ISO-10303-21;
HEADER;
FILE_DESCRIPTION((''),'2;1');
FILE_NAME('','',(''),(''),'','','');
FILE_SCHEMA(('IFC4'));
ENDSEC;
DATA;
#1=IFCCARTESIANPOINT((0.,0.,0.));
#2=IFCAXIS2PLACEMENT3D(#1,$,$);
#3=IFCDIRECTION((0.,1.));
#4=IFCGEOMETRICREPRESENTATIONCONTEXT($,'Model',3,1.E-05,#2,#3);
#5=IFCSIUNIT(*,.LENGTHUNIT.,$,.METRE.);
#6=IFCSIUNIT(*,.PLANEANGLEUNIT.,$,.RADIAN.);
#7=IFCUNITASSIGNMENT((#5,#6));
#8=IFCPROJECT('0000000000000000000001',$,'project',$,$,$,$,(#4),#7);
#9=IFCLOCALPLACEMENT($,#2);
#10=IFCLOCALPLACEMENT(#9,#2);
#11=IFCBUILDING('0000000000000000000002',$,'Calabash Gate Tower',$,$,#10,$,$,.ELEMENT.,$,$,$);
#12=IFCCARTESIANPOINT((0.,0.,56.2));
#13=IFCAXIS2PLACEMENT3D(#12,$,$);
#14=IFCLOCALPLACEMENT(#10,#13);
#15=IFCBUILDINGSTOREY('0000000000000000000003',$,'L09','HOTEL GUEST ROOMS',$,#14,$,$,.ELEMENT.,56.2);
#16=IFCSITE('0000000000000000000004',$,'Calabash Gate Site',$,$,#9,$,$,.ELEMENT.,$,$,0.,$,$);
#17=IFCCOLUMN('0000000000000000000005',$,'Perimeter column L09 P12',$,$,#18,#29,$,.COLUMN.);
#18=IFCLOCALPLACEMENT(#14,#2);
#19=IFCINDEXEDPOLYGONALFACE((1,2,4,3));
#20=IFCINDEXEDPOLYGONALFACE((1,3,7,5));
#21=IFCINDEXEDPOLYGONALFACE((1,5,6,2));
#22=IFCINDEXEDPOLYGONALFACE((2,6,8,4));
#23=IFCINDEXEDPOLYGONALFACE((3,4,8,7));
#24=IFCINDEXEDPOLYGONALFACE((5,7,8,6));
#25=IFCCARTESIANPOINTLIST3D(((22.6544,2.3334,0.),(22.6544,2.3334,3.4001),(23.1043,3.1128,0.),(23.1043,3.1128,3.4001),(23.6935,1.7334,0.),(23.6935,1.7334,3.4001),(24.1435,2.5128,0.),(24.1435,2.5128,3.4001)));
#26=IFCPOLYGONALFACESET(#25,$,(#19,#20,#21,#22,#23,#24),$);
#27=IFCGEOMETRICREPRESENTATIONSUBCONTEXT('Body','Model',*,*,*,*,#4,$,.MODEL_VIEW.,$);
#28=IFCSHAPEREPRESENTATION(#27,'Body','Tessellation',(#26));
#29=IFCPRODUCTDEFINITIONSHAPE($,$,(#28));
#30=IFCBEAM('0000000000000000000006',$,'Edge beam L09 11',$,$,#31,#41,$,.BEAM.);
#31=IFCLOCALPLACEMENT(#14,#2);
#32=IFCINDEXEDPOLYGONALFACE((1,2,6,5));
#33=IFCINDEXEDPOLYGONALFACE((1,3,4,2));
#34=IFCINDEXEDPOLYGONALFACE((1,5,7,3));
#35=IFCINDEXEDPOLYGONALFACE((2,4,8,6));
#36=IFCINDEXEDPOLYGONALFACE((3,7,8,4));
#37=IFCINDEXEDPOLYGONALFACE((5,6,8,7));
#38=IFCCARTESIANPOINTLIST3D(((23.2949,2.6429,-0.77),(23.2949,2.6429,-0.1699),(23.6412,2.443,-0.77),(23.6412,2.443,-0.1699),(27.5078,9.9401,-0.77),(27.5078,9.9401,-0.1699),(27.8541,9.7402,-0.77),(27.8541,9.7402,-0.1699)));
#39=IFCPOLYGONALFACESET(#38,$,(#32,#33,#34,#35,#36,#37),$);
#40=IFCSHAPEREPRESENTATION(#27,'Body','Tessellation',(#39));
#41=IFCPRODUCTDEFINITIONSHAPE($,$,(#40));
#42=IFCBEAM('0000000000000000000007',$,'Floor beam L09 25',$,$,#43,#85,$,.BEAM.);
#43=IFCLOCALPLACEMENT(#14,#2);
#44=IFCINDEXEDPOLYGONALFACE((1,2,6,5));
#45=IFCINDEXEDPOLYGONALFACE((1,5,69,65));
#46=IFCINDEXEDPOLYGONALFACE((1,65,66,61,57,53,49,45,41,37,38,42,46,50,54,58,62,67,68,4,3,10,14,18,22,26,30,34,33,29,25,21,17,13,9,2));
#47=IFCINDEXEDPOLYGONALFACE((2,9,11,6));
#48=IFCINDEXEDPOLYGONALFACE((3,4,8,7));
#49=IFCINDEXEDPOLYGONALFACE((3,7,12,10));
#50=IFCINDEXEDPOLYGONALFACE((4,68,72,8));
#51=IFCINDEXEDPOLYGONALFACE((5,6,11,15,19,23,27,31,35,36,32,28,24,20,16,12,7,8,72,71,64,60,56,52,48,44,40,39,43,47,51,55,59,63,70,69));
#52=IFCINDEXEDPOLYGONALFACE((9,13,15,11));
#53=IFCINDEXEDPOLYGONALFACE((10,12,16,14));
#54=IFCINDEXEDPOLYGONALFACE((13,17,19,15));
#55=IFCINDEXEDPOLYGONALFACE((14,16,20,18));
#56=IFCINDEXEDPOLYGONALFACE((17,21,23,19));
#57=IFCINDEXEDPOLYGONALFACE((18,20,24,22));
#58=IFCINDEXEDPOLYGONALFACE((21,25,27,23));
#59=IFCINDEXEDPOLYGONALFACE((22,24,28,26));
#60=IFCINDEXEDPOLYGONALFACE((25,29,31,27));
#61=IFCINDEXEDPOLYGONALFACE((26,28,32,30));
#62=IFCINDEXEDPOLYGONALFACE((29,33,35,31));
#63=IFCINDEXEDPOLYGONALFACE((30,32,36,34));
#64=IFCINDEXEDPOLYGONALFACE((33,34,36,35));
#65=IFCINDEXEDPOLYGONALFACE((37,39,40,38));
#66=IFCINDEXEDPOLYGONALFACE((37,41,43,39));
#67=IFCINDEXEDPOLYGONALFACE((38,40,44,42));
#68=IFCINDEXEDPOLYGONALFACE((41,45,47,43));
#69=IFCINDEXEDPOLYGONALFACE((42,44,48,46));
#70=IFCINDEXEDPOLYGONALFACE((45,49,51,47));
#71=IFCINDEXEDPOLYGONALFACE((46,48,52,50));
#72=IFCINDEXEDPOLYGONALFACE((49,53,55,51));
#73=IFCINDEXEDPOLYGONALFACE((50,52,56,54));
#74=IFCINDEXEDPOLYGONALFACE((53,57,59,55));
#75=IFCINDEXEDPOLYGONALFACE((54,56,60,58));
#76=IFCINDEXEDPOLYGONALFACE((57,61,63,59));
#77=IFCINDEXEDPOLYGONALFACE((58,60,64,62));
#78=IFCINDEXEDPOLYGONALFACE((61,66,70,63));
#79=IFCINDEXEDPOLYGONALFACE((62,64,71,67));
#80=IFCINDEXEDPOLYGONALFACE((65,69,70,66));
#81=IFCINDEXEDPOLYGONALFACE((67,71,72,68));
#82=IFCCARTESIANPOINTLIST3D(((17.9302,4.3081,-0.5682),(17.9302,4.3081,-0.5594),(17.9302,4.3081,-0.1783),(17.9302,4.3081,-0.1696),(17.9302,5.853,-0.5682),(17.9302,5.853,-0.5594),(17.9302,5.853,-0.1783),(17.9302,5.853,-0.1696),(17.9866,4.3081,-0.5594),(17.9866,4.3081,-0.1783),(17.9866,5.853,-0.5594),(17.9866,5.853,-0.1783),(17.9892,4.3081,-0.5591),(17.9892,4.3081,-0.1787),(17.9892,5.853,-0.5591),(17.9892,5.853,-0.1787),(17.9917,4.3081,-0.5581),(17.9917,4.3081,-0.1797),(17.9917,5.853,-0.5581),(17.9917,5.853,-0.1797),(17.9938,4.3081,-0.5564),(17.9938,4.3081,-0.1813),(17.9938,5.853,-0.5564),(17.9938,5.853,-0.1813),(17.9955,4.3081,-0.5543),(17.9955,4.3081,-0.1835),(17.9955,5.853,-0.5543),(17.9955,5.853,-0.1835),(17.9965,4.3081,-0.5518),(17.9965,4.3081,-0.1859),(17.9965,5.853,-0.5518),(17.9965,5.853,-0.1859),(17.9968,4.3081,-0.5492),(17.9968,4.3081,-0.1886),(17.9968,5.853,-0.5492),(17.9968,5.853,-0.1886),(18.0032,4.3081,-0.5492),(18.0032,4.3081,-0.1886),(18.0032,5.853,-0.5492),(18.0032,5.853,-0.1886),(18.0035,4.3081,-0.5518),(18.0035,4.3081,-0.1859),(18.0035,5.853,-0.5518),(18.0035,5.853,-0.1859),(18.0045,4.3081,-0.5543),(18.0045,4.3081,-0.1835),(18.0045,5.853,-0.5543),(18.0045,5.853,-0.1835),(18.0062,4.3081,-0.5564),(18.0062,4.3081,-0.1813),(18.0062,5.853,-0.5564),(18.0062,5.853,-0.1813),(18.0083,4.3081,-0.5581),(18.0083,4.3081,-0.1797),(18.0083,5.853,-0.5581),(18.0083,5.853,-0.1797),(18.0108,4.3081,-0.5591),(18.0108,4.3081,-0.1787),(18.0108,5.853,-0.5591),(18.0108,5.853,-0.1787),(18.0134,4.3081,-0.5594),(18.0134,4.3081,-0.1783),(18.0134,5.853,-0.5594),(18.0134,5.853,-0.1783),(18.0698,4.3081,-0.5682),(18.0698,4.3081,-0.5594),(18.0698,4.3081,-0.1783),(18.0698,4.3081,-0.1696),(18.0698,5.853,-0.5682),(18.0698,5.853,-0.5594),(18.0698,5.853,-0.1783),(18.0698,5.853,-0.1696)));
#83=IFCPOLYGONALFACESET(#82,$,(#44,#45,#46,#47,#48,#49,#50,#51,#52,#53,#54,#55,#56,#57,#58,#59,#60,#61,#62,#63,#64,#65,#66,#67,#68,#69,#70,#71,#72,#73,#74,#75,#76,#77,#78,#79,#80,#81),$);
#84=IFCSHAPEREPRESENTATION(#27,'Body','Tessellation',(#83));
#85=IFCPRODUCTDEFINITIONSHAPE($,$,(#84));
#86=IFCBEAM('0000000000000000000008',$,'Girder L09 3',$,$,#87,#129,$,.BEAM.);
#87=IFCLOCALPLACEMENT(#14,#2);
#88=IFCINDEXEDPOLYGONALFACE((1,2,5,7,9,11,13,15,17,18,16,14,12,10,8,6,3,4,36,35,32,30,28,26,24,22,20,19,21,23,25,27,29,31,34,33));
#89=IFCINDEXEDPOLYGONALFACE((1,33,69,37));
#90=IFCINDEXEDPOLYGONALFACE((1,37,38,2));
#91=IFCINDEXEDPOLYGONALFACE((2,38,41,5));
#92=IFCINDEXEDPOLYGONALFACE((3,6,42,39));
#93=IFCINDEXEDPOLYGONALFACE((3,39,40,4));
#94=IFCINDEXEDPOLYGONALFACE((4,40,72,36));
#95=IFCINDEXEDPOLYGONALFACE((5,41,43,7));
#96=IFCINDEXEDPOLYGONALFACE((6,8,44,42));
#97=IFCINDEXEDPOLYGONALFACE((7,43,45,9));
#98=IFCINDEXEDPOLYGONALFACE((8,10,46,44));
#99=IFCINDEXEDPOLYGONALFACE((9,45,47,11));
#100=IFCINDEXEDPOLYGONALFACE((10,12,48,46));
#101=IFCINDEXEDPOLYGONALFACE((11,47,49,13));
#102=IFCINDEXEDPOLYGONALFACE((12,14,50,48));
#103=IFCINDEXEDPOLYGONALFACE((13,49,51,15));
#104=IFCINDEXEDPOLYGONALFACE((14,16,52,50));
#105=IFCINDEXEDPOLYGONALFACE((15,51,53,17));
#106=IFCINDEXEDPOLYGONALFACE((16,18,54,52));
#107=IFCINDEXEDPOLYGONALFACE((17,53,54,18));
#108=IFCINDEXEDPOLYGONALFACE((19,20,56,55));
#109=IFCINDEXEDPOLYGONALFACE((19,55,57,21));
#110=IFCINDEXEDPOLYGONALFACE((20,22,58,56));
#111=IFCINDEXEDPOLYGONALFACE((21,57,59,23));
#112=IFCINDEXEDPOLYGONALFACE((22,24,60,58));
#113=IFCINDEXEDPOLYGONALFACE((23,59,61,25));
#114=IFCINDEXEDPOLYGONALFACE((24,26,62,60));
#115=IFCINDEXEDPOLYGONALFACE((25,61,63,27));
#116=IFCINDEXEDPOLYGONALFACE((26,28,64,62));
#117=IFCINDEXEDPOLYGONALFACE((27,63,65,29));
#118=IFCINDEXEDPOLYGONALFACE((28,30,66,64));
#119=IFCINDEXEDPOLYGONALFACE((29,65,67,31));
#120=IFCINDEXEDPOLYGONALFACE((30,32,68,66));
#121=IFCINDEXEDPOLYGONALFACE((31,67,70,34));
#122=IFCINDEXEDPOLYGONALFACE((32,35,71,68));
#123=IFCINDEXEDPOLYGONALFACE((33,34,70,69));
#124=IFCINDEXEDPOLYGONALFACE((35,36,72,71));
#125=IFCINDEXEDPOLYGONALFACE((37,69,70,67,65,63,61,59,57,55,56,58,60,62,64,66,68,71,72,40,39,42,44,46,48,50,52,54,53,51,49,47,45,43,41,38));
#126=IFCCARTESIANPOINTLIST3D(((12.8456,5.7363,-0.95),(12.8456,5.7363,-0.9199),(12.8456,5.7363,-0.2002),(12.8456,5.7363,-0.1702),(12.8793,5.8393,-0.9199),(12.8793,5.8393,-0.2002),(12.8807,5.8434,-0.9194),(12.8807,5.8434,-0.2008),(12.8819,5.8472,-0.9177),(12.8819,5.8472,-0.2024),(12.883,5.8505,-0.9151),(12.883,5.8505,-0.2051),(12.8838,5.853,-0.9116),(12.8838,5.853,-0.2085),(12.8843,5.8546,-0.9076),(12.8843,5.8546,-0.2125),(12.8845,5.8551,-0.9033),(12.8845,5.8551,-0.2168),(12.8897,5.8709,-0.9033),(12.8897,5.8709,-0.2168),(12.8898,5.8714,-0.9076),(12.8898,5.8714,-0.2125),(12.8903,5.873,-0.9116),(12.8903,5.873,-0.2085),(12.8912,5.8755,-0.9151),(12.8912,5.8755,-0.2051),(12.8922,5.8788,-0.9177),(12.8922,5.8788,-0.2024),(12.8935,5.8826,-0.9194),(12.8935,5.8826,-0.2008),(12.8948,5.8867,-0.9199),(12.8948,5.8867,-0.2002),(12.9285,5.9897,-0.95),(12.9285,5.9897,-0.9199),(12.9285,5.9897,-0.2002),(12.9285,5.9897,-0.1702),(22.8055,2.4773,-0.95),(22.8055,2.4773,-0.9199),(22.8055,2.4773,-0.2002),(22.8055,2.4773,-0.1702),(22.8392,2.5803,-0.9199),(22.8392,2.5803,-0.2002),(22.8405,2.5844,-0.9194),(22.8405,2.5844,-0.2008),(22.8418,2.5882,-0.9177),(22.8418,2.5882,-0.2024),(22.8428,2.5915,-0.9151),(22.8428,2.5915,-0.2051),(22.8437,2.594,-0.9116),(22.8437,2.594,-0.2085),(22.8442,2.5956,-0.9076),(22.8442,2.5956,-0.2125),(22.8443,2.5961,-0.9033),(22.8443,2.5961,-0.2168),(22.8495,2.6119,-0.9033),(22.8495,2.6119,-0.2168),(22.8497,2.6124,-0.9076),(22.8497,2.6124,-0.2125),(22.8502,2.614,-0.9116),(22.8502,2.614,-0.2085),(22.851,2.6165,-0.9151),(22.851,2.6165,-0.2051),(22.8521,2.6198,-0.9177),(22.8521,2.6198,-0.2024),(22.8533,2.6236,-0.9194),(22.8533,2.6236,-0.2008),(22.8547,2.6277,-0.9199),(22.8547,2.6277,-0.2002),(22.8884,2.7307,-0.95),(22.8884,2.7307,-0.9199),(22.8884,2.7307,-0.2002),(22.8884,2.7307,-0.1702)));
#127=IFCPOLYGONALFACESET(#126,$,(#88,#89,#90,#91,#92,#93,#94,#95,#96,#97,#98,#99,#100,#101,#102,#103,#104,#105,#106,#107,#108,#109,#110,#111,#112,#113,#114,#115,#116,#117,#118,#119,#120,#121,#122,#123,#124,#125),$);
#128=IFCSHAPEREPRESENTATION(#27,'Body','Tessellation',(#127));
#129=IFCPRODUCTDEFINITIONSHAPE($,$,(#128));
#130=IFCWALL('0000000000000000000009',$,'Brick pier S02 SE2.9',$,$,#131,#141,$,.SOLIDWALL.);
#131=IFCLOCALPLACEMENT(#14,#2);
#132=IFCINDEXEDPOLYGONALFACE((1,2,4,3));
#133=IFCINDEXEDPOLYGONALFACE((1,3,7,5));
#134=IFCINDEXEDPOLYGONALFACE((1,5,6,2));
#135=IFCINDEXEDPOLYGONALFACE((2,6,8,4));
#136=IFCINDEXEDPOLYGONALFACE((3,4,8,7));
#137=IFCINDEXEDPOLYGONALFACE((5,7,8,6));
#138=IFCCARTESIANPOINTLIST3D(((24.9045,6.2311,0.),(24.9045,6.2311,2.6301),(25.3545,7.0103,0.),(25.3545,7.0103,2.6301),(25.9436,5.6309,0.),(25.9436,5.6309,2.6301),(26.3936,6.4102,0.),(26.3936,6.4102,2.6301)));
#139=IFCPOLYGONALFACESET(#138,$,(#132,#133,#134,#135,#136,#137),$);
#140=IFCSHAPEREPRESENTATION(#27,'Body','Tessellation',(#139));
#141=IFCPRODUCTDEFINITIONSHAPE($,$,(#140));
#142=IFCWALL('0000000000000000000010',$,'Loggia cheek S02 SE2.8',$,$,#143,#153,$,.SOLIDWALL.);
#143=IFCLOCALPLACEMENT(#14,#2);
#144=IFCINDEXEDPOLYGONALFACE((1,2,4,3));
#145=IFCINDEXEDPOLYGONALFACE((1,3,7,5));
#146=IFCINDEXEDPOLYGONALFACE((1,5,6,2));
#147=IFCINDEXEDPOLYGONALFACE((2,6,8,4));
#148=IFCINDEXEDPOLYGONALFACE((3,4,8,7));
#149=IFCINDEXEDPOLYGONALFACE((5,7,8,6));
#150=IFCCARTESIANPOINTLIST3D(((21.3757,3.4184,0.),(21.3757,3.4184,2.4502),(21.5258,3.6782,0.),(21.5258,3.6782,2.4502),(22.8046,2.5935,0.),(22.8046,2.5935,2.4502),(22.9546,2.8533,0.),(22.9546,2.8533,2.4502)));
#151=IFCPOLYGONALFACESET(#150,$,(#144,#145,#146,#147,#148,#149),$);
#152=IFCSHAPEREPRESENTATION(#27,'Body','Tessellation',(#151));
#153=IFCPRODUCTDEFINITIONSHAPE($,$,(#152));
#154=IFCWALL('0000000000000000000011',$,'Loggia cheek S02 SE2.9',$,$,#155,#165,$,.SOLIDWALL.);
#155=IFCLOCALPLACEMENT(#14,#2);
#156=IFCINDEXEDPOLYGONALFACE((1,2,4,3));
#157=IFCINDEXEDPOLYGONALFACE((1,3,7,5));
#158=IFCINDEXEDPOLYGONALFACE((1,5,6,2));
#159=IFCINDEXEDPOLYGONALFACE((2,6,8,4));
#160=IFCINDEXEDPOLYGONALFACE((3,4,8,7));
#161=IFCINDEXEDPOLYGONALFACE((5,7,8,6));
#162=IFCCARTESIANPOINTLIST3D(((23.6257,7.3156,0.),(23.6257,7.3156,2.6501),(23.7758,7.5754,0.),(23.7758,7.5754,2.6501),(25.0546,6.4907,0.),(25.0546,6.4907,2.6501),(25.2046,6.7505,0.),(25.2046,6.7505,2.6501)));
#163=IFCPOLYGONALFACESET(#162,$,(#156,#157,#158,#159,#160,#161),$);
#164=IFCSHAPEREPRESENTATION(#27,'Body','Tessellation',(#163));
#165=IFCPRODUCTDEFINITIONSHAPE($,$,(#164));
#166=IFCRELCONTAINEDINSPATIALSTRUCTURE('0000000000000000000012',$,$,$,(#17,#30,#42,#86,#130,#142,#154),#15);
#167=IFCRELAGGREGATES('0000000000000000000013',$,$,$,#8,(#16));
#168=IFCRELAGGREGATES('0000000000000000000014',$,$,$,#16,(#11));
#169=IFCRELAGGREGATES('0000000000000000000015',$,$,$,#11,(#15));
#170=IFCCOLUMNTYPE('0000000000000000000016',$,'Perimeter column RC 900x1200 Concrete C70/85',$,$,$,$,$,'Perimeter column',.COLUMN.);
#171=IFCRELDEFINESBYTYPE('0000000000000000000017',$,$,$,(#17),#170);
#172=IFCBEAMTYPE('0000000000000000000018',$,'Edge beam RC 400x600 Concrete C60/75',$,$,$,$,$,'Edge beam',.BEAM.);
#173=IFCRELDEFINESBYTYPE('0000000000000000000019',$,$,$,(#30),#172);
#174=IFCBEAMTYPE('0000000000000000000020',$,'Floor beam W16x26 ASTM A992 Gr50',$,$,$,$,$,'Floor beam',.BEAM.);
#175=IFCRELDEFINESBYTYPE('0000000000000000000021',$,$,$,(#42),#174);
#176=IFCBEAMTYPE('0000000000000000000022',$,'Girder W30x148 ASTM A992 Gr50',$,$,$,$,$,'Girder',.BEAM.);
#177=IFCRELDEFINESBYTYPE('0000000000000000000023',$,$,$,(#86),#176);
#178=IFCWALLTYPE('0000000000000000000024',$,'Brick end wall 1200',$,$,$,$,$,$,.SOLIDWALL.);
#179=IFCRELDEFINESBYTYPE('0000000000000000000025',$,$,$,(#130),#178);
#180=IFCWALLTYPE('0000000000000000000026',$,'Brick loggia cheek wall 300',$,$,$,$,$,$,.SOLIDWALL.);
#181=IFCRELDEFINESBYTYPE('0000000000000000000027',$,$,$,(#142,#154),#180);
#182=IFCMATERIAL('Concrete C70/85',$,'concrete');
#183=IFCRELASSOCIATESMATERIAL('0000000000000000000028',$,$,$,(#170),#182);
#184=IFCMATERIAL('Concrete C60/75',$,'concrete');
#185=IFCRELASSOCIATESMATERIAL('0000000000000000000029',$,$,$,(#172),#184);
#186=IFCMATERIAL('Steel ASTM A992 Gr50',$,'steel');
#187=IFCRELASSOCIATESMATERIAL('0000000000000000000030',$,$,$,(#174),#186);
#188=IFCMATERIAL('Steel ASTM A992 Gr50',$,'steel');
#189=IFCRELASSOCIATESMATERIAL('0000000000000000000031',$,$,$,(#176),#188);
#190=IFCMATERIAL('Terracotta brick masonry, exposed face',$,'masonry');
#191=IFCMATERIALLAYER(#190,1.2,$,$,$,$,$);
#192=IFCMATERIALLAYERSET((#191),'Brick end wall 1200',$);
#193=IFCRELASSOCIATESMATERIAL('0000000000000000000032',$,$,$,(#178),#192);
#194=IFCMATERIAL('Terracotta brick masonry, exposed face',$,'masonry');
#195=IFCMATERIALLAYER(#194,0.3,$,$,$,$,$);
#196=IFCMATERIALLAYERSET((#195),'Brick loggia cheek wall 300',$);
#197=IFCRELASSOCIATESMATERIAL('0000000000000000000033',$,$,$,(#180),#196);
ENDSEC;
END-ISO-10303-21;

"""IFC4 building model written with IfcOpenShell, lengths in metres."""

from ifc_helpers import new_model, si_unit, direction, frame, frame_2d, origin, origin_2d, place, context, subcontext, project, spatial, rectangle, i_section, extrude, material, layer, layer_set, material_profile, profile_set, type_object, element, save


model = new_model("IFC4")

# Units and contexts
model_context = context("Model", 3, precision=1e-05, world=origin(), true_north=direction((0.0, 1.0)))
body_context = subcontext(model_context, "Body", "Model", "MODEL_VIEW")
ifc_project = project(units=[si_unit("LENGTHUNIT", "METRE"), si_unit("PLANEANGLEUNIT", "RADIAN")], contexts=[model_context])

# Site, building, storey
site_placement = place(None, origin())
site = spatial("IfcSite", under=ifc_project, at=site_placement, Name="Calabash Gate Site", CompositionType="ELEMENT", RefElevation=0.0)
building_placement = place(site_placement, origin())
building = spatial("IfcBuilding", under=site, at=building_placement, Name="Calabash Gate Tower", CompositionType="ELEMENT")
storey_placement = place(building_placement, frame((0.0, 0.0, 56.2)))
storey = spatial("IfcBuildingStorey", under=building, at=storey_placement, Name="L09", Description="HOTEL GUEST ROOMS", CompositionType="ELEMENT", Elevation=56.2)

# Column
ifc_material_1 = material(Name="Concrete C70/85", Category="concrete")
ifc_material_profile_1 = material_profile(ifc_material_1, rectangle(XDim=0.8999, YDim=1.2, at=origin_2d()))
ifc_profile_set_1 = profile_set([ifc_material_profile_1], Name="Concrete C70/85")
column_type = type_object("IfcColumnType", Name="Perimeter column RC 900x1200 Concrete C70/85", ElementType="Perimeter column", PredefinedType="COLUMN", material=ifc_profile_set_1)
column_placement = place(storey_placement, frame((23.3989, 2.4231, 0.0), z_axis=(0.0, 0.0, 1.0), x_axis=(0.5, 0.866025, 0.0)))
element("IfcColumn", 1, at=column_placement, inside=storey, type_object=column_type, Name="Perimeter column L09 P12", PredefinedType="COLUMN", context=body_context, shape_type="SweptSolid", body=[
    extrude(rectangle(XDim=0.8999, YDim=1.2, at=origin_2d()), origin(), (0.0, 0.0, 1.0), 3.4001),
])

# Beams
ifc_material_2 = material(Name="Concrete C60/75", Category="concrete")
ifc_material_profile_2 = material_profile(ifc_material_2, rectangle(XDim=0.3999, YDim=0.6001, at=origin_2d()))
ifc_profile_set_2 = profile_set([ifc_material_profile_2], Name="Concrete C60/75")
beam_type_1 = type_object("IfcBeamType", Name="Edge beam RC 400x600 Concrete C60/75", ElementType="Edge beam", PredefinedType="BEAM", material=ifc_profile_set_2)
beam_1_placement = place(storey_placement, frame((23.468, 2.543, -0.47), z_axis=(0.499991, 0.866031, 0.0), x_axis=(-0.866031, 0.499991, 0.0)))
element("IfcBeam", 2, at=beam_1_placement, inside=storey, type_object=beam_type_1, Name="Edge beam L09 11", PredefinedType="BEAM", context=body_context, shape_type="SweptSolid", body=[
    extrude(rectangle(XDim=0.3999, YDim=0.6001, at=origin_2d()), origin(), (0.0, 0.0, 1.0), 8.426),
])
ifc_material_3 = material(Name="Steel ASTM A992 Gr50", Category="steel")
ifc_material_profile_3 = material_profile(ifc_material_3, i_section(OverallWidth=0.1396, OverallDepth=0.3987, WebThickness=0.0063, FlangeThickness=0.0088, FilletRadius=0.0103, at=origin_2d()))
ifc_profile_set_3 = profile_set([ifc_material_profile_3], Name="Steel ASTM A992 Gr50")
beam_type_2 = type_object("IfcBeamType", Name="Floor beam W16x26 ASTM A992 Gr50", ElementType="Floor beam", PredefinedType="BEAM", material=ifc_profile_set_3)
beam_2_placement = place(storey_placement, frame((18.0, 4.3081, -0.3689), z_axis=(0.0, 1.0, 0.0), x_axis=(-1.0, 0.0, 0.0)))
element("IfcBeam", 3, at=beam_2_placement, inside=storey, type_object=beam_type_2, Name="Floor beam L09 25", PredefinedType="BEAM", context=body_context, shape_type="SweptSolid", body=[
    extrude(i_section(OverallWidth=0.1396, OverallDepth=0.3987, WebThickness=0.0063, FlangeThickness=0.0088, FilletRadius=0.0103, at=origin_2d()), origin(), (0.0, 0.0, 1.0), 1.5449),
])
ifc_material_4 = material(Name="Steel ASTM A992 Gr50", Category="steel")
ifc_material_profile_4 = material_profile(ifc_material_4, i_section(OverallWidth=0.2666, OverallDepth=0.7798, WebThickness=0.0166, FlangeThickness=0.03, FilletRadius=0.0166, at=origin_2d()))
ifc_profile_set_4 = profile_set([ifc_material_profile_4], Name="Steel ASTM A992 Gr50")
beam_type_3 = type_object("IfcBeamType", Name="Girder W30x148 ASTM A992 Gr50", ElementType="Girder", PredefinedType="BEAM", material=ifc_profile_set_4)
beam_3_placement = place(storey_placement, frame((22.8469, 2.604, -0.5601), z_axis=(-0.950414, 0.310988, 0.0), x_axis=(-0.310988, -0.950414, 0.0)))
element("IfcBeam", 4, at=beam_3_placement, inside=storey, type_object=beam_type_3, Name="Girder L09 3", PredefinedType="BEAM", context=body_context, shape_type="SweptSolid", body=[
    extrude(i_section(OverallWidth=0.2666, OverallDepth=0.7798, WebThickness=0.0166, FlangeThickness=0.03, FilletRadius=0.0166, at=origin_2d()), origin(), (0.0, 0.0, 1.0), 10.4795),
])

# Walls
ifc_material_5 = material(Name="Terracotta brick masonry, exposed face", Category="masonry")
ifc_layer_1 = layer(ifc_material_5, 1.2)
ifc_layer_set_1 = layer_set([ifc_layer_1], Name="Brick end wall 1200")
wall_type_1 = type_object("IfcWallType", Name="Brick end wall 1200", PredefinedType="SOLIDWALL", material=ifc_layer_set_1)
wall_1_placement = place(storey_placement, frame((26.1687, 6.0205, 0.0), z_axis=(0.0, 0.0, 1.0), x_axis=(-0.865955, 0.500122, 0.0)))
element("IfcWall", 5, at=wall_1_placement, inside=storey, type_object=wall_type_1, Name="Brick pier S02 SE2.9", PredefinedType="SOLIDWALL", context=body_context, shape_type="SweptSolid", body=[
    extrude(rectangle(XDim=1.2, YDim=0.8999, at=frame_2d((0.6001, 0.0))), origin(), (0.0, 0.0, 1.0), 2.6301),
])
ifc_material_6 = material(Name="Terracotta brick masonry, exposed face", Category="masonry")
ifc_layer_2 = layer(ifc_material_6, 0.3)
ifc_layer_set_2 = layer_set([ifc_layer_2], Name="Brick loggia cheek wall 300")
wall_type_2 = type_object("IfcWallType", Name="Brick loggia cheek wall 300", PredefinedType="SOLIDWALL", material=ifc_layer_set_2)
wall_2_placement = place(storey_placement, frame((22.8796, 2.7234, 0.0), z_axis=(0.0, 0.0, 1.0), x_axis=(-0.86604, 0.499974, 0.0)))
element("IfcWall", 6, at=wall_2_placement, inside=storey, type_object=wall_type_2, Name="Loggia cheek S02 SE2.8", PredefinedType="SOLIDWALL", context=body_context, shape_type="SweptSolid", body=[
    extrude(rectangle(XDim=1.6499, YDim=0.3, at=frame_2d((0.825, 0.0))), origin(), (0.0, 0.0, 1.0), 2.4502),
])
wall_3_placement = place(storey_placement, frame((25.1296, 6.6206, 0.0), z_axis=(0.0, 0.0, 1.0), x_axis=(-0.86604, 0.499974, 0.0)))
element("IfcWall", 7, at=wall_3_placement, inside=storey, type_object=wall_type_2, Name="Loggia cheek S02 SE2.9", PredefinedType="SOLIDWALL", context=body_context, shape_type="SweptSolid", body=[
    extrude(rectangle(XDim=1.6499, YDim=0.3, at=frame_2d((0.825, 0.0))), origin(), (0.0, 0.0, 1.0), 2.6501),
])

save(model, "model.ifc")
